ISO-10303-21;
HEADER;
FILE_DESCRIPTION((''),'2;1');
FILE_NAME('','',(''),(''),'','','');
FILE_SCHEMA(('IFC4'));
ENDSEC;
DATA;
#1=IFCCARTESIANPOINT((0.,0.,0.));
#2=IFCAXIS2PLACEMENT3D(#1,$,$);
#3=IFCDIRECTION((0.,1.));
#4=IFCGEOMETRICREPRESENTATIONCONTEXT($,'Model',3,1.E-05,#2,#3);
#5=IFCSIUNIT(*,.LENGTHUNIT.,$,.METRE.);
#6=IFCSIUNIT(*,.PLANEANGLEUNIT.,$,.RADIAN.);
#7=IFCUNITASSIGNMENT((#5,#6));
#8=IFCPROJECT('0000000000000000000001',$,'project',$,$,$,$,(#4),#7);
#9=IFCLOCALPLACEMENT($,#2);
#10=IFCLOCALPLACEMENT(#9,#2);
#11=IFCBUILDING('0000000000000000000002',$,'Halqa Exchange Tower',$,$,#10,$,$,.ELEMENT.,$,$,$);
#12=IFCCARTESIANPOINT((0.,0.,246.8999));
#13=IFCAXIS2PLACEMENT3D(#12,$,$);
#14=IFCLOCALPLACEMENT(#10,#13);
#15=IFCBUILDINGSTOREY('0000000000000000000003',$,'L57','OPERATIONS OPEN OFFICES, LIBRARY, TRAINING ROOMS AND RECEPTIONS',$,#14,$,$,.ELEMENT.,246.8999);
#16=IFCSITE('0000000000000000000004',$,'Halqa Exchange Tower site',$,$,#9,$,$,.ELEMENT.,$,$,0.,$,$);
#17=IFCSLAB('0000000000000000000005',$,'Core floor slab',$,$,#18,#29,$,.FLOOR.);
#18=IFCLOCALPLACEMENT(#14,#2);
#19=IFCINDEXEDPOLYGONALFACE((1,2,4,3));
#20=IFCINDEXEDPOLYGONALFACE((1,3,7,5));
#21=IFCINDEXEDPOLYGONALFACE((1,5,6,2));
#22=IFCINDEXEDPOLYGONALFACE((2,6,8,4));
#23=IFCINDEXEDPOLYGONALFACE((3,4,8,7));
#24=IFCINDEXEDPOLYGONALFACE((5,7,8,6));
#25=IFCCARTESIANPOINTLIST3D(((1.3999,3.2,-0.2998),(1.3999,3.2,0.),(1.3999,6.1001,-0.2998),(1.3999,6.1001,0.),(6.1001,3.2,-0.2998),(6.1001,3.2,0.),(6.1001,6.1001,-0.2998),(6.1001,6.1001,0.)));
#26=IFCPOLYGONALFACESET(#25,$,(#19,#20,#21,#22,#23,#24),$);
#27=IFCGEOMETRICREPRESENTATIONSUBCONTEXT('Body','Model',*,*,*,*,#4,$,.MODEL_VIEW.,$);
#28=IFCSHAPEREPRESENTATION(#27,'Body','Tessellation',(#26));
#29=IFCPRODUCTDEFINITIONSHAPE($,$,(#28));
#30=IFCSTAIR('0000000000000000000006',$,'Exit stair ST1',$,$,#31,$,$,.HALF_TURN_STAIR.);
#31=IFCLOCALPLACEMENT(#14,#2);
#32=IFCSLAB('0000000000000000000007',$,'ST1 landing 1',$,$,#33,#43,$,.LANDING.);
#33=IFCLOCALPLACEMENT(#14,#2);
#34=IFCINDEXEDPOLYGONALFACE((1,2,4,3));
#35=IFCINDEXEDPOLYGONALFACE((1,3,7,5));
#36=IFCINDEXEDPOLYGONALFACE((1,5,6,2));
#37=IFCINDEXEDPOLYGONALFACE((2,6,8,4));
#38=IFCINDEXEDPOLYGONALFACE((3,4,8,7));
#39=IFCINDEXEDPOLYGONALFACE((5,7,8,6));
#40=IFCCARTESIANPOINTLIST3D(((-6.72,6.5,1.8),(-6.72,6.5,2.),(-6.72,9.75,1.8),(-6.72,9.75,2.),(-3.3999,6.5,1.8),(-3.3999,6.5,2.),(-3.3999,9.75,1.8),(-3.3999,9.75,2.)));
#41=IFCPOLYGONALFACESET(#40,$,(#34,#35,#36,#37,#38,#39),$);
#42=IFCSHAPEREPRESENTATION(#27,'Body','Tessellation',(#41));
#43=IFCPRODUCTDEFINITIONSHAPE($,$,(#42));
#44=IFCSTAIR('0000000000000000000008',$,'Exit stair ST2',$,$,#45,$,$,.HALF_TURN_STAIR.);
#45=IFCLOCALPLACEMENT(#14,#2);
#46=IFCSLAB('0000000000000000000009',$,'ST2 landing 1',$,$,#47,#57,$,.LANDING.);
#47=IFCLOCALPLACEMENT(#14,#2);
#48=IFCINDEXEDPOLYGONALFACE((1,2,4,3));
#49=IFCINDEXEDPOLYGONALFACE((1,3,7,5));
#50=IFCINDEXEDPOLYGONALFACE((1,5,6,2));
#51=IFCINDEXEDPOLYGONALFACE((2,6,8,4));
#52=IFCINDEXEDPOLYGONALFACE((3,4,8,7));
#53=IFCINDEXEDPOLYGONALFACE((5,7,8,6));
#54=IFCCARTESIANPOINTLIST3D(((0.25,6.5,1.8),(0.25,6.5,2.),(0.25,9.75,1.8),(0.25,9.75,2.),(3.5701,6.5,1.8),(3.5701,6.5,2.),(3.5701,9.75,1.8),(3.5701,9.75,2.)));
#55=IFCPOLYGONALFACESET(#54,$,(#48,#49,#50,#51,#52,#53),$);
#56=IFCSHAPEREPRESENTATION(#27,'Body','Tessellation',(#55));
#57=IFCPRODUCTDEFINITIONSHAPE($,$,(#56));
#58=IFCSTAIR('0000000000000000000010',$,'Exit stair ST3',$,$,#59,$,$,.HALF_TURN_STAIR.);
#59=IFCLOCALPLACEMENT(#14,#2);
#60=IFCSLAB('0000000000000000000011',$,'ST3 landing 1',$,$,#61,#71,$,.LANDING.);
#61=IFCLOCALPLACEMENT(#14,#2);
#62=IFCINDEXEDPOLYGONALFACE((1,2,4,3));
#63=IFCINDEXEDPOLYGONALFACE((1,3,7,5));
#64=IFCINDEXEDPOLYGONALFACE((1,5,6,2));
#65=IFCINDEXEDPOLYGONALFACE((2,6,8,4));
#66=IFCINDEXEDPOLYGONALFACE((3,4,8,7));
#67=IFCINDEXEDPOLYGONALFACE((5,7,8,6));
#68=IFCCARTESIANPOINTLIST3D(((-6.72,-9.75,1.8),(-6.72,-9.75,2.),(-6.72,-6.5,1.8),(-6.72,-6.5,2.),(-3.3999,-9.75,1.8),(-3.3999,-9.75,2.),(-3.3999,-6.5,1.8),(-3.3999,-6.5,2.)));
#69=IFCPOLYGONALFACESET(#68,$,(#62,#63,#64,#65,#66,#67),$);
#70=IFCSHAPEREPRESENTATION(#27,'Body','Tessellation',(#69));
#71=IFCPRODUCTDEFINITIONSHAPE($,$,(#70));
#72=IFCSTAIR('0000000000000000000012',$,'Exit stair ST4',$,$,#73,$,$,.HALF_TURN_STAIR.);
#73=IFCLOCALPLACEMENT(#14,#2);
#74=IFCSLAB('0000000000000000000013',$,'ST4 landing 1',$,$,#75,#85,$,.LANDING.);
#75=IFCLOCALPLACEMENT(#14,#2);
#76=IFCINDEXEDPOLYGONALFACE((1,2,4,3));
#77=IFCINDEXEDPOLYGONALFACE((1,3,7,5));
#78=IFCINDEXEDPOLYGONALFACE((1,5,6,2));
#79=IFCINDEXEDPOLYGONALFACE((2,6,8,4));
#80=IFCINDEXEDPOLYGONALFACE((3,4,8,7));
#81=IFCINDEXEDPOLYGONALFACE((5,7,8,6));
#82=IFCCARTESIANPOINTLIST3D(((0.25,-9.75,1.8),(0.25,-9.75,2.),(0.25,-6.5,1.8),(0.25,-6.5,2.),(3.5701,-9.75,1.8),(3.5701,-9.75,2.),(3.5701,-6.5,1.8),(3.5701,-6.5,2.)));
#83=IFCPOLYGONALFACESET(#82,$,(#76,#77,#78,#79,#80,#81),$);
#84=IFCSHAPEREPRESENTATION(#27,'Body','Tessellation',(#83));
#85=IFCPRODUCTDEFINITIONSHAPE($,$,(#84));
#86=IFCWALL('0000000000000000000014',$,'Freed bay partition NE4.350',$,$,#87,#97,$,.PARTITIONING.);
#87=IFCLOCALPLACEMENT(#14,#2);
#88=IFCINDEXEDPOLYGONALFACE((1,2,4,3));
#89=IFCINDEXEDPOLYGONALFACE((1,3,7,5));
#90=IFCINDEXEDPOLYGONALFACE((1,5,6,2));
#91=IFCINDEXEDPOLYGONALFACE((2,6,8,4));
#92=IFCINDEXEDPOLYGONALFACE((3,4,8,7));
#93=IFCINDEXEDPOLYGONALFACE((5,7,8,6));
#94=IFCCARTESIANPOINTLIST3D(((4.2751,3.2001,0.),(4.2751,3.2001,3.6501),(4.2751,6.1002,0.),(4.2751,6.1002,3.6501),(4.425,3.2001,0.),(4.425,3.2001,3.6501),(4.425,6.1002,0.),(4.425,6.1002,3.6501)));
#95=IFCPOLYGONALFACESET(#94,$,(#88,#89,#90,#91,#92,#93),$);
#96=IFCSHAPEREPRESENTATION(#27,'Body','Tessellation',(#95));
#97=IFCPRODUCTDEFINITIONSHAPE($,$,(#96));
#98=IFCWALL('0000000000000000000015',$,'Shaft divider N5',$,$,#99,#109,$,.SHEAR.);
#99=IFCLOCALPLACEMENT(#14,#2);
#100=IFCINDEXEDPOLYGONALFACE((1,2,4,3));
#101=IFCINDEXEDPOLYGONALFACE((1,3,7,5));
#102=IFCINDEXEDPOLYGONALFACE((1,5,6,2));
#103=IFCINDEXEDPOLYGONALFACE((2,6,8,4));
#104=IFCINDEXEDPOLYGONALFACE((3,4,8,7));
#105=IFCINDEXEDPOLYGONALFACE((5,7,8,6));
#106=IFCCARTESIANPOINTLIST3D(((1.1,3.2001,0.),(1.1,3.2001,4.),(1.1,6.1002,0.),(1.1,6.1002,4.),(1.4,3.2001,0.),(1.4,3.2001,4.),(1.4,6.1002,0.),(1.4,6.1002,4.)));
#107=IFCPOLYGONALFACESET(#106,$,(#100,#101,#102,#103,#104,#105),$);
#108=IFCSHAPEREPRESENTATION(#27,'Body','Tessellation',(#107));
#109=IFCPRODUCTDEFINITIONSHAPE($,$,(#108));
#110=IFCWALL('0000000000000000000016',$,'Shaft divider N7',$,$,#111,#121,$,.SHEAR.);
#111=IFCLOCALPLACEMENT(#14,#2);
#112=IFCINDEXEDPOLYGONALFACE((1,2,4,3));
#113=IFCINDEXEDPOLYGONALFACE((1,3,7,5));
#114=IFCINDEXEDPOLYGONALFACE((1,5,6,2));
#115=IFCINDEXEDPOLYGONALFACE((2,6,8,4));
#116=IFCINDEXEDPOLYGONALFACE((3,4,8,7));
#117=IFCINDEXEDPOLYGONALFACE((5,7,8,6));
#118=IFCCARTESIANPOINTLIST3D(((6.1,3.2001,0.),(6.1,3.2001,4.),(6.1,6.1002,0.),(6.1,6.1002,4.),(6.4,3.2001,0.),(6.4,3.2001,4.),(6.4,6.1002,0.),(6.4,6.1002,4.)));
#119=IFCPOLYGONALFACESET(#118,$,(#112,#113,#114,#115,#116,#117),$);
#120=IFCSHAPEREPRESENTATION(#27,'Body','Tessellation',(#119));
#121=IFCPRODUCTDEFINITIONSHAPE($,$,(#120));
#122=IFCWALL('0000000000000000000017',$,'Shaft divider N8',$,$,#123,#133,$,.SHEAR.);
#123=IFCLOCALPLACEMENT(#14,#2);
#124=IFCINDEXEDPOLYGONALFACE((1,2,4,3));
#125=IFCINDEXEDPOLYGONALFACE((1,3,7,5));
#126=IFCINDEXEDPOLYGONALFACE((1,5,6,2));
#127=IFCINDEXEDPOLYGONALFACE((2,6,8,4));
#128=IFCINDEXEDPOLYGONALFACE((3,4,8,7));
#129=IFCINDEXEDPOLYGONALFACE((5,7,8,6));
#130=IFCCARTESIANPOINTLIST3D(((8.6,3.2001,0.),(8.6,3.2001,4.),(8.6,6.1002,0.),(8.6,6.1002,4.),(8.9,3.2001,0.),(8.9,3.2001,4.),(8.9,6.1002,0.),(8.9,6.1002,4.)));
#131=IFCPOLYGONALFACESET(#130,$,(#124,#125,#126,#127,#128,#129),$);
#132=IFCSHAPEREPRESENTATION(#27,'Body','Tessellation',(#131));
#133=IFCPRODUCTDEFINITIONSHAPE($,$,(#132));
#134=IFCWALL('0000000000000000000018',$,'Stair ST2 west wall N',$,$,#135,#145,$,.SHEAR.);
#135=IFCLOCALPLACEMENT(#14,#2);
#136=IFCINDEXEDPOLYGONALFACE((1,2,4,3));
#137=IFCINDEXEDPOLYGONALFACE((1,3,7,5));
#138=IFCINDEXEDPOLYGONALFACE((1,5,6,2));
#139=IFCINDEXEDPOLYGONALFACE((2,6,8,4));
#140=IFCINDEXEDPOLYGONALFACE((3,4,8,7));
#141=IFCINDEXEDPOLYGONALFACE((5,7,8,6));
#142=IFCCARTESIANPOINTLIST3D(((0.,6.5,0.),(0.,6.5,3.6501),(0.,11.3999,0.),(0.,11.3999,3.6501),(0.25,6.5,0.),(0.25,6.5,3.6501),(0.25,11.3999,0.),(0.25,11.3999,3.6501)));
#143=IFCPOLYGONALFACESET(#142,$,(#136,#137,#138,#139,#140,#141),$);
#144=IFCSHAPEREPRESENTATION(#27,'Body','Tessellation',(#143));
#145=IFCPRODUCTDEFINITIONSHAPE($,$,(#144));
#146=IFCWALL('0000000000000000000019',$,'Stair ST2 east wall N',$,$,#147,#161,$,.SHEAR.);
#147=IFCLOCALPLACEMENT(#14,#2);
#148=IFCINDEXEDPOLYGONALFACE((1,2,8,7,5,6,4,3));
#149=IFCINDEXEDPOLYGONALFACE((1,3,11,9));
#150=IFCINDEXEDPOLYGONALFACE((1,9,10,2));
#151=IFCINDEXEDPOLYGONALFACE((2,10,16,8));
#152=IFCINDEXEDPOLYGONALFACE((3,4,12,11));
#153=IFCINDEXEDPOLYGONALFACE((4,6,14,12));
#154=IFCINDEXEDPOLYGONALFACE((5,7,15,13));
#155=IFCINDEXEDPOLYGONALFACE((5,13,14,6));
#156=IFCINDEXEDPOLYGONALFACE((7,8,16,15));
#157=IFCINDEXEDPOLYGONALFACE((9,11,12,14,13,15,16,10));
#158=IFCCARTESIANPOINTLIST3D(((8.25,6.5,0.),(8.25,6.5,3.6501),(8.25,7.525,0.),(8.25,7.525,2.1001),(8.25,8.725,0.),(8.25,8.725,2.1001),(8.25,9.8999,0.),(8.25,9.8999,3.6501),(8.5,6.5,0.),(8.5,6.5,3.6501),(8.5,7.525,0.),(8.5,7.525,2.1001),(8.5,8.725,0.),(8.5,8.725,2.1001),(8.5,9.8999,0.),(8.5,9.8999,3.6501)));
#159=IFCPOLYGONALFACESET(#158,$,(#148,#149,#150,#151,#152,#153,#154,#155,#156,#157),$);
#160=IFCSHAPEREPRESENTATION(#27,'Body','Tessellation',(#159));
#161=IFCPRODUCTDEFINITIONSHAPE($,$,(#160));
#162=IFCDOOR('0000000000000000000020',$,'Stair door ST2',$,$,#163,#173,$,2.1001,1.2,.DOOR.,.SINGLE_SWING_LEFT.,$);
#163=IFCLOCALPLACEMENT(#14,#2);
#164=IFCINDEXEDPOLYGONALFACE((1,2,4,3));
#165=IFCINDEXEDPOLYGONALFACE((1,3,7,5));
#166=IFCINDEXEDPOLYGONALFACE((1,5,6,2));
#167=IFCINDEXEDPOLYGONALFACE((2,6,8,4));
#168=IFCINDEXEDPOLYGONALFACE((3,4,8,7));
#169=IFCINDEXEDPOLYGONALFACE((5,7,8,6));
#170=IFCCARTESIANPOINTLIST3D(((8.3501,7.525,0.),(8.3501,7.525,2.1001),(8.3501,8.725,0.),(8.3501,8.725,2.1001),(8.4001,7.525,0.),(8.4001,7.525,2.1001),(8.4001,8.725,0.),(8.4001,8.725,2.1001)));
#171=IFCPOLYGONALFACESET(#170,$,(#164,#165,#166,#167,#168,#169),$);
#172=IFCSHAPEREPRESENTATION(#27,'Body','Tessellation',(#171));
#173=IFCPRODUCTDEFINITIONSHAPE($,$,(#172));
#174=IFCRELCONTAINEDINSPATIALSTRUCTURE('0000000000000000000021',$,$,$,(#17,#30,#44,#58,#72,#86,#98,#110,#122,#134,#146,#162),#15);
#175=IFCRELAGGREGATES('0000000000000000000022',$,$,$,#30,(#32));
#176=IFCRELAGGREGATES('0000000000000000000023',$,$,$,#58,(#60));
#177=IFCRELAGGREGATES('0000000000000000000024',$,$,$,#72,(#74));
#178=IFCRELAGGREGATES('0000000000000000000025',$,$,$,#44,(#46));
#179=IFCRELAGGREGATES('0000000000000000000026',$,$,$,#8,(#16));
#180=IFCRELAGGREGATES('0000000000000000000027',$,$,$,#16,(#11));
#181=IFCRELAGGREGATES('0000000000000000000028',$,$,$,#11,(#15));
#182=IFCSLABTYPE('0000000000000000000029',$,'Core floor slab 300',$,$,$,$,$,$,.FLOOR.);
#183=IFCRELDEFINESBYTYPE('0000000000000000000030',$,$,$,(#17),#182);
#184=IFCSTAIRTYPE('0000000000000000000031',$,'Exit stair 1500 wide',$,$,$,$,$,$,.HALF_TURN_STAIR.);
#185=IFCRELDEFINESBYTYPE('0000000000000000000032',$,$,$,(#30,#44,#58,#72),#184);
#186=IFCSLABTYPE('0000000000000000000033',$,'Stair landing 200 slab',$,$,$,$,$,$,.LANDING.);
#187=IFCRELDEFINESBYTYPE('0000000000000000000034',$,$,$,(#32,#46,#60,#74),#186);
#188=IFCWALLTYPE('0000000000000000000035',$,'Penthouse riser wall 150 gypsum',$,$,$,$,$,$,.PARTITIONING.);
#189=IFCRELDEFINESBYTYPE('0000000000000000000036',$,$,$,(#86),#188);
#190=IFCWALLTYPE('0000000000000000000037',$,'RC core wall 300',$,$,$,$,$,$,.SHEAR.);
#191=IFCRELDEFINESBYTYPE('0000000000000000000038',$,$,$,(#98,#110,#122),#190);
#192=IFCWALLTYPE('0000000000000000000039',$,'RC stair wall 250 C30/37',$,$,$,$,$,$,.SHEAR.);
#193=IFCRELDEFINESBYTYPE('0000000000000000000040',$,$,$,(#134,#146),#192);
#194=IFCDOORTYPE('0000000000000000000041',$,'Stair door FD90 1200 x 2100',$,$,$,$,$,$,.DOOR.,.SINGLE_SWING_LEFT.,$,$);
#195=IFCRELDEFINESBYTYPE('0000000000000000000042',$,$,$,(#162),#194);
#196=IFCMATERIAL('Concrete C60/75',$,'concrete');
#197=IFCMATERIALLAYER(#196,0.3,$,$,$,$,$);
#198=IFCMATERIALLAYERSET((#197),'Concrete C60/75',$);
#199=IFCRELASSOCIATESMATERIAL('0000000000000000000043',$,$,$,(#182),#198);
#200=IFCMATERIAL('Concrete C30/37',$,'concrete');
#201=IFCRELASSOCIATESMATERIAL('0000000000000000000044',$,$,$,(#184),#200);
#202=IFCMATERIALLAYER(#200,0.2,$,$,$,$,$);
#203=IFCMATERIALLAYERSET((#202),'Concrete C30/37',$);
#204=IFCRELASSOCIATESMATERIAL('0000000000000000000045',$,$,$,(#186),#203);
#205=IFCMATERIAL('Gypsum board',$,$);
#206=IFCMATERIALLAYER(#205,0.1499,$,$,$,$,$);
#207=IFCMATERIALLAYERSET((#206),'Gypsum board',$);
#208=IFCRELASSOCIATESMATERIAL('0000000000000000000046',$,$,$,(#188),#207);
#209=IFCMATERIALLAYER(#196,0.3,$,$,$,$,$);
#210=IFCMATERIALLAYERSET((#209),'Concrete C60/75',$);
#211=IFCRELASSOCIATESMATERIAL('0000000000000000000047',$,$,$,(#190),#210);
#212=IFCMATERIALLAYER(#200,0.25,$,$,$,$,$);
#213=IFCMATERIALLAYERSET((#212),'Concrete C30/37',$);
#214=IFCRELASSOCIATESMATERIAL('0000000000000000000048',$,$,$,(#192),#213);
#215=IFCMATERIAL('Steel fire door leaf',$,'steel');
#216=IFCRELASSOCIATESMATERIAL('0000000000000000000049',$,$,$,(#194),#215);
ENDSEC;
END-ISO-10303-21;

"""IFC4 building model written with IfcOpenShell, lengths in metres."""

from ifc_helpers import new_model, si_unit, direction, frame, frame_2d, origin, place, context, subcontext, project, spatial, polyline, rectangle, outline, extrude, material, layer, layer_set, type_object, element, fill, aggregate, save


model = new_model("IFC4")

# Units and contexts
model_context = context("Model", 3, precision=1e-05, world=origin(), true_north=direction((0.0, 1.0)))
body_context = subcontext(model_context, "Body", "Model", "MODEL_VIEW")
ifc_project = project(units=[si_unit("LENGTHUNIT", "METRE"), si_unit("PLANEANGLEUNIT", "RADIAN")], contexts=[model_context])

# Site, building, storey
site_placement = place(None, origin())
site = spatial("IfcSite", under=ifc_project, at=site_placement, Name="Halqa Exchange Tower site", CompositionType="ELEMENT", RefElevation=0.0)
building_placement = place(site_placement, origin())
building = spatial("IfcBuilding", under=site, at=building_placement, Name="Halqa Exchange Tower", CompositionType="ELEMENT")
storey_placement = place(building_placement, frame((0.0, 0.0, 246.8999)))
storey = spatial("IfcBuildingStorey", under=building, at=storey_placement, Name="L57", Description="OPERATIONS OPEN OFFICES, LIBRARY, TRAINING ROOMS AND RECEPTIONS", CompositionType="ELEMENT", Elevation=246.8999)

# Slab
ifc_material_1 = material(Name="Concrete C60/75", Category="concrete")
ifc_layer_1 = layer(ifc_material_1, 0.3)
ifc_layer_set_1 = layer_set([ifc_layer_1], Name="Concrete C60/75")
slab_type_1 = type_object("IfcSlabType", Name="Core floor slab 300", PredefinedType="FLOOR", material=ifc_layer_set_1)
slab_1_placement = place(storey_placement, frame((0.0, 0.0, -0.2998)))
element("IfcSlab", 1, at=slab_1_placement, inside=storey, type_object=slab_type_1, Name="Core floor slab", PredefinedType="FLOOR", context=body_context, shape_type="SweptSolid", body=[
    extrude(outline(polyline([(6.1001, 6.1001), (6.1001, 3.2), (1.3999, 3.2), (1.3999, 6.1001), (6.1001, 6.1001)])), origin(), (0.0, 0.0, 1.0), 0.2998),
])

# Stairs, slabs
ifc_material_2 = material(Name="Concrete C30/37", Category="concrete")
stair_type = type_object("IfcStairType", Name="Exit stair 1500 wide", PredefinedType="HALF_TURN_STAIR", material=ifc_material_2)
stair_1_placement = place(storey_placement, origin())
stair_1 = element("IfcStair", 2, at=stair_1_placement, inside=storey, type_object=stair_type, Name="Exit stair ST1", PredefinedType="HALF_TURN_STAIR")
ifc_layer_2 = layer(ifc_material_2, 0.2)
ifc_layer_set_2 = layer_set([ifc_layer_2], Name="Concrete C30/37")
slab_type_2 = type_object("IfcSlabType", Name="Stair landing 200 slab", PredefinedType="LANDING", material=ifc_layer_set_2)
slab_2_placement = place(storey_placement, frame((0.0, 0.0, 1.8)))
slab_2 = element("IfcSlab", 3, at=slab_2_placement, type_object=slab_type_2, Name="ST1 landing 1", PredefinedType="LANDING", context=body_context, shape_type="SweptSolid", body=[
    extrude(outline(polyline([(-6.72, 6.5), (-3.3999, 6.5), (-3.3999, 9.75), (-6.72, 9.75), (-6.72, 6.5)])), origin(), (0.0, 0.0, 1.0), 0.2),
])
aggregate(stair_1, [slab_2])
stair_2_placement = place(storey_placement, origin())
stair_2 = element("IfcStair", 4, at=stair_2_placement, inside=storey, type_object=stair_type, Name="Exit stair ST2", PredefinedType="HALF_TURN_STAIR")
slab_3_placement = place(storey_placement, frame((0.0, 0.0, 1.8)))
slab_3 = element("IfcSlab", 5, at=slab_3_placement, type_object=slab_type_2, Name="ST2 landing 1", PredefinedType="LANDING", context=body_context, shape_type="SweptSolid", body=[
    extrude(outline(polyline([(0.25, 6.5), (3.5701, 6.5), (3.5701, 9.75), (0.25, 9.75), (0.25, 6.5)])), origin(), (0.0, 0.0, 1.0), 0.2),
])
stair_3_placement = place(storey_placement, origin())
stair_3 = element("IfcStair", 6, at=stair_3_placement, inside=storey, type_object=stair_type, Name="Exit stair ST3", PredefinedType="HALF_TURN_STAIR")
slab_4_placement = place(storey_placement, frame((0.0, 0.0, 1.8)))
slab_4 = element("IfcSlab", 7, at=slab_4_placement, type_object=slab_type_2, Name="ST3 landing 1", PredefinedType="LANDING", context=body_context, shape_type="SweptSolid", body=[
    extrude(outline(polyline([(-6.72, -9.75), (-3.3999, -9.75), (-3.3999, -6.5), (-6.72, -6.5), (-6.72, -9.75)])), origin(), (0.0, 0.0, 1.0), 0.2),
])
aggregate(stair_3, [slab_4])
stair_4_placement = place(storey_placement, origin())
stair_4 = element("IfcStair", 8, at=stair_4_placement, inside=storey, type_object=stair_type, Name="Exit stair ST4", PredefinedType="HALF_TURN_STAIR")
slab_5_placement = place(storey_placement, frame((0.0, 0.0, 1.8)))
slab_5 = element("IfcSlab", 9, at=slab_5_placement, type_object=slab_type_2, Name="ST4 landing 1", PredefinedType="LANDING", context=body_context, shape_type="SweptSolid", body=[
    extrude(outline(polyline([(0.25, -9.75), (3.5701, -9.75), (3.5701, -6.5), (0.25, -6.5), (0.25, -9.75)])), origin(), (0.0, 0.0, 1.0), 0.2),
])
aggregate(stair_4, [slab_5])

# Walls
ifc_material_3 = material(Name="Gypsum board")
ifc_layer_3 = layer(ifc_material_3, 0.1499)
ifc_layer_set_3 = layer_set([ifc_layer_3], Name="Gypsum board")
wall_type_1 = type_object("IfcWallType", Name="Penthouse riser wall 150 gypsum", PredefinedType="PARTITIONING", material=ifc_layer_set_3)
wall_1_placement = place(storey_placement, frame((4.3501, 3.2, 0.0), z_axis=(0.0, 0.0, 1.0), x_axis=(0.0, 1.0, 0.0)))
element("IfcWall", 10, at=wall_1_placement, inside=storey, type_object=wall_type_1, Name="Freed bay partition NE4.350", PredefinedType="PARTITIONING", context=body_context, shape_type="SweptSolid", body=[
    extrude(rectangle(XDim=2.9001, YDim=0.1499, at=frame_2d((1.4502, 0.0))), origin(), (0.0, 0.0, 1.0), 3.6501),
])
ifc_layer_4 = layer(ifc_material_1, 0.3)
ifc_layer_set_4 = layer_set([ifc_layer_4], Name="Concrete C60/75")
wall_type_2 = type_object("IfcWallType", Name="RC core wall 300", PredefinedType="SHEAR", material=ifc_layer_set_4)
for number, where, z_axis, x_axis, name in (
    (11, (1.25, 3.2, 0.0), (0.0, 0.0, 1.0), (0.0, 1.0, 0.0), "Shaft divider N5"),
    (12, (6.25, 3.2, 0.0), (0.0, 0.0, 1.0), (0.0, 1.0, 0.0), "Shaft divider N7"),
    (13, (8.75, 3.2, 0.0), (0.0, 0.0, 1.0), (0.0, 1.0, 0.0), "Shaft divider N8"),
):
    element("IfcWall", number, at=place(storey_placement, frame(where, z_axis=z_axis, x_axis=x_axis)), inside=storey, type_object=wall_type_2, Name=name, PredefinedType="SHEAR", context=body_context, shape_type="SweptSolid", body=[
        extrude(rectangle(XDim=2.9001, YDim=0.3, at=frame_2d((1.4502, 0.0))), origin(), (0.0, 0.0, 1.0), 4.0),
    ])
ifc_layer_5 = layer(ifc_material_2, 0.25)
ifc_layer_set_5 = layer_set([ifc_layer_5], Name="Concrete C30/37")
wall_type_3 = type_object("IfcWallType", Name="RC stair wall 250 C30/37", PredefinedType="SHEAR", material=ifc_layer_set_5)
wall_2_placement = place(storey_placement, frame((0.125, 6.5, 0.0), z_axis=(0.0, 0.0, 1.0), x_axis=(0.0, 1.0, 0.0)))
element("IfcWall", 14, at=wall_2_placement, inside=storey, type_object=wall_type_3, Name="Stair ST2 west wall N", PredefinedType="SHEAR", context=body_context, shape_type="SweptSolid", body=[
    extrude(rectangle(XDim=4.8999, YDim=0.25, at=frame_2d((2.45, 0.0))), origin(), (0.0, 0.0, 1.0), 3.6501),
])

# Wall, opening, door
wall_3_placement = place(storey_placement, frame((8.375, 6.5, 0.0), z_axis=(0.0, 0.0, 1.0), x_axis=(0.0, 1.0, 0.0)))
wall_3 = element("IfcWall", 15, at=wall_3_placement, inside=storey, type_object=wall_type_3, Name="Stair ST2 east wall N", PredefinedType="SHEAR", context=body_context, shape_type="SweptSolid", body=[
    extrude(rectangle(XDim=3.3999, YDim=0.25, at=frame_2d((1.7, 0.0))), origin(), (0.0, 0.0, 1.0), 3.6501),
])
opening_placement = place(wall_3_placement, frame((1.0249, 0.0, 0.0)))
opening = element("IfcOpeningElement", 16, at=opening_placement, cuts=wall_3, PredefinedType="OPENING", context=body_context, shape_type="SweptSolid", body=[
    extrude(rectangle(XDim=1.2, YDim=2.1001, at=frame_2d((0.6001, 1.05))), frame((0.0, 0.137, 0.0), z_axis=(0.0, -1.0, 0.0), x_axis=(1.0, 0.0, 0.0)), (0.0, 0.0, 1.0), 0.2739),
])
ifc_material_4 = material(Name="Steel fire door leaf", Category="steel")
door_type = type_object("IfcDoorType", Name="Stair door FD90 1200 x 2100", OperationType="SINGLE_SWING_LEFT", PredefinedType="DOOR", material=ifc_material_4)
door_placement = place(opening_placement, origin())
door = element("IfcDoor", 17, at=door_placement, inside=storey, type_object=door_type, Name="Stair door ST2", OperationType="SINGLE_SWING_LEFT", OverallHeight=2.1001, OverallWidth=1.2, PredefinedType="DOOR", context=body_context, shape_type="SweptSolid", body=[
    extrude(rectangle(XDim=1.2, YDim=2.1001, at=frame_2d((0.6001, 1.05))), frame((0.0, 0.0249, 0.0), z_axis=(0.0, -1.0, 0.0), x_axis=(1.0, 0.0, 0.0)), (0.0, 0.0, 1.0), 0.05),
])
fill(opening, door)

aggregate(stair_2, [slab_3])

save(model, "model.ifc")
